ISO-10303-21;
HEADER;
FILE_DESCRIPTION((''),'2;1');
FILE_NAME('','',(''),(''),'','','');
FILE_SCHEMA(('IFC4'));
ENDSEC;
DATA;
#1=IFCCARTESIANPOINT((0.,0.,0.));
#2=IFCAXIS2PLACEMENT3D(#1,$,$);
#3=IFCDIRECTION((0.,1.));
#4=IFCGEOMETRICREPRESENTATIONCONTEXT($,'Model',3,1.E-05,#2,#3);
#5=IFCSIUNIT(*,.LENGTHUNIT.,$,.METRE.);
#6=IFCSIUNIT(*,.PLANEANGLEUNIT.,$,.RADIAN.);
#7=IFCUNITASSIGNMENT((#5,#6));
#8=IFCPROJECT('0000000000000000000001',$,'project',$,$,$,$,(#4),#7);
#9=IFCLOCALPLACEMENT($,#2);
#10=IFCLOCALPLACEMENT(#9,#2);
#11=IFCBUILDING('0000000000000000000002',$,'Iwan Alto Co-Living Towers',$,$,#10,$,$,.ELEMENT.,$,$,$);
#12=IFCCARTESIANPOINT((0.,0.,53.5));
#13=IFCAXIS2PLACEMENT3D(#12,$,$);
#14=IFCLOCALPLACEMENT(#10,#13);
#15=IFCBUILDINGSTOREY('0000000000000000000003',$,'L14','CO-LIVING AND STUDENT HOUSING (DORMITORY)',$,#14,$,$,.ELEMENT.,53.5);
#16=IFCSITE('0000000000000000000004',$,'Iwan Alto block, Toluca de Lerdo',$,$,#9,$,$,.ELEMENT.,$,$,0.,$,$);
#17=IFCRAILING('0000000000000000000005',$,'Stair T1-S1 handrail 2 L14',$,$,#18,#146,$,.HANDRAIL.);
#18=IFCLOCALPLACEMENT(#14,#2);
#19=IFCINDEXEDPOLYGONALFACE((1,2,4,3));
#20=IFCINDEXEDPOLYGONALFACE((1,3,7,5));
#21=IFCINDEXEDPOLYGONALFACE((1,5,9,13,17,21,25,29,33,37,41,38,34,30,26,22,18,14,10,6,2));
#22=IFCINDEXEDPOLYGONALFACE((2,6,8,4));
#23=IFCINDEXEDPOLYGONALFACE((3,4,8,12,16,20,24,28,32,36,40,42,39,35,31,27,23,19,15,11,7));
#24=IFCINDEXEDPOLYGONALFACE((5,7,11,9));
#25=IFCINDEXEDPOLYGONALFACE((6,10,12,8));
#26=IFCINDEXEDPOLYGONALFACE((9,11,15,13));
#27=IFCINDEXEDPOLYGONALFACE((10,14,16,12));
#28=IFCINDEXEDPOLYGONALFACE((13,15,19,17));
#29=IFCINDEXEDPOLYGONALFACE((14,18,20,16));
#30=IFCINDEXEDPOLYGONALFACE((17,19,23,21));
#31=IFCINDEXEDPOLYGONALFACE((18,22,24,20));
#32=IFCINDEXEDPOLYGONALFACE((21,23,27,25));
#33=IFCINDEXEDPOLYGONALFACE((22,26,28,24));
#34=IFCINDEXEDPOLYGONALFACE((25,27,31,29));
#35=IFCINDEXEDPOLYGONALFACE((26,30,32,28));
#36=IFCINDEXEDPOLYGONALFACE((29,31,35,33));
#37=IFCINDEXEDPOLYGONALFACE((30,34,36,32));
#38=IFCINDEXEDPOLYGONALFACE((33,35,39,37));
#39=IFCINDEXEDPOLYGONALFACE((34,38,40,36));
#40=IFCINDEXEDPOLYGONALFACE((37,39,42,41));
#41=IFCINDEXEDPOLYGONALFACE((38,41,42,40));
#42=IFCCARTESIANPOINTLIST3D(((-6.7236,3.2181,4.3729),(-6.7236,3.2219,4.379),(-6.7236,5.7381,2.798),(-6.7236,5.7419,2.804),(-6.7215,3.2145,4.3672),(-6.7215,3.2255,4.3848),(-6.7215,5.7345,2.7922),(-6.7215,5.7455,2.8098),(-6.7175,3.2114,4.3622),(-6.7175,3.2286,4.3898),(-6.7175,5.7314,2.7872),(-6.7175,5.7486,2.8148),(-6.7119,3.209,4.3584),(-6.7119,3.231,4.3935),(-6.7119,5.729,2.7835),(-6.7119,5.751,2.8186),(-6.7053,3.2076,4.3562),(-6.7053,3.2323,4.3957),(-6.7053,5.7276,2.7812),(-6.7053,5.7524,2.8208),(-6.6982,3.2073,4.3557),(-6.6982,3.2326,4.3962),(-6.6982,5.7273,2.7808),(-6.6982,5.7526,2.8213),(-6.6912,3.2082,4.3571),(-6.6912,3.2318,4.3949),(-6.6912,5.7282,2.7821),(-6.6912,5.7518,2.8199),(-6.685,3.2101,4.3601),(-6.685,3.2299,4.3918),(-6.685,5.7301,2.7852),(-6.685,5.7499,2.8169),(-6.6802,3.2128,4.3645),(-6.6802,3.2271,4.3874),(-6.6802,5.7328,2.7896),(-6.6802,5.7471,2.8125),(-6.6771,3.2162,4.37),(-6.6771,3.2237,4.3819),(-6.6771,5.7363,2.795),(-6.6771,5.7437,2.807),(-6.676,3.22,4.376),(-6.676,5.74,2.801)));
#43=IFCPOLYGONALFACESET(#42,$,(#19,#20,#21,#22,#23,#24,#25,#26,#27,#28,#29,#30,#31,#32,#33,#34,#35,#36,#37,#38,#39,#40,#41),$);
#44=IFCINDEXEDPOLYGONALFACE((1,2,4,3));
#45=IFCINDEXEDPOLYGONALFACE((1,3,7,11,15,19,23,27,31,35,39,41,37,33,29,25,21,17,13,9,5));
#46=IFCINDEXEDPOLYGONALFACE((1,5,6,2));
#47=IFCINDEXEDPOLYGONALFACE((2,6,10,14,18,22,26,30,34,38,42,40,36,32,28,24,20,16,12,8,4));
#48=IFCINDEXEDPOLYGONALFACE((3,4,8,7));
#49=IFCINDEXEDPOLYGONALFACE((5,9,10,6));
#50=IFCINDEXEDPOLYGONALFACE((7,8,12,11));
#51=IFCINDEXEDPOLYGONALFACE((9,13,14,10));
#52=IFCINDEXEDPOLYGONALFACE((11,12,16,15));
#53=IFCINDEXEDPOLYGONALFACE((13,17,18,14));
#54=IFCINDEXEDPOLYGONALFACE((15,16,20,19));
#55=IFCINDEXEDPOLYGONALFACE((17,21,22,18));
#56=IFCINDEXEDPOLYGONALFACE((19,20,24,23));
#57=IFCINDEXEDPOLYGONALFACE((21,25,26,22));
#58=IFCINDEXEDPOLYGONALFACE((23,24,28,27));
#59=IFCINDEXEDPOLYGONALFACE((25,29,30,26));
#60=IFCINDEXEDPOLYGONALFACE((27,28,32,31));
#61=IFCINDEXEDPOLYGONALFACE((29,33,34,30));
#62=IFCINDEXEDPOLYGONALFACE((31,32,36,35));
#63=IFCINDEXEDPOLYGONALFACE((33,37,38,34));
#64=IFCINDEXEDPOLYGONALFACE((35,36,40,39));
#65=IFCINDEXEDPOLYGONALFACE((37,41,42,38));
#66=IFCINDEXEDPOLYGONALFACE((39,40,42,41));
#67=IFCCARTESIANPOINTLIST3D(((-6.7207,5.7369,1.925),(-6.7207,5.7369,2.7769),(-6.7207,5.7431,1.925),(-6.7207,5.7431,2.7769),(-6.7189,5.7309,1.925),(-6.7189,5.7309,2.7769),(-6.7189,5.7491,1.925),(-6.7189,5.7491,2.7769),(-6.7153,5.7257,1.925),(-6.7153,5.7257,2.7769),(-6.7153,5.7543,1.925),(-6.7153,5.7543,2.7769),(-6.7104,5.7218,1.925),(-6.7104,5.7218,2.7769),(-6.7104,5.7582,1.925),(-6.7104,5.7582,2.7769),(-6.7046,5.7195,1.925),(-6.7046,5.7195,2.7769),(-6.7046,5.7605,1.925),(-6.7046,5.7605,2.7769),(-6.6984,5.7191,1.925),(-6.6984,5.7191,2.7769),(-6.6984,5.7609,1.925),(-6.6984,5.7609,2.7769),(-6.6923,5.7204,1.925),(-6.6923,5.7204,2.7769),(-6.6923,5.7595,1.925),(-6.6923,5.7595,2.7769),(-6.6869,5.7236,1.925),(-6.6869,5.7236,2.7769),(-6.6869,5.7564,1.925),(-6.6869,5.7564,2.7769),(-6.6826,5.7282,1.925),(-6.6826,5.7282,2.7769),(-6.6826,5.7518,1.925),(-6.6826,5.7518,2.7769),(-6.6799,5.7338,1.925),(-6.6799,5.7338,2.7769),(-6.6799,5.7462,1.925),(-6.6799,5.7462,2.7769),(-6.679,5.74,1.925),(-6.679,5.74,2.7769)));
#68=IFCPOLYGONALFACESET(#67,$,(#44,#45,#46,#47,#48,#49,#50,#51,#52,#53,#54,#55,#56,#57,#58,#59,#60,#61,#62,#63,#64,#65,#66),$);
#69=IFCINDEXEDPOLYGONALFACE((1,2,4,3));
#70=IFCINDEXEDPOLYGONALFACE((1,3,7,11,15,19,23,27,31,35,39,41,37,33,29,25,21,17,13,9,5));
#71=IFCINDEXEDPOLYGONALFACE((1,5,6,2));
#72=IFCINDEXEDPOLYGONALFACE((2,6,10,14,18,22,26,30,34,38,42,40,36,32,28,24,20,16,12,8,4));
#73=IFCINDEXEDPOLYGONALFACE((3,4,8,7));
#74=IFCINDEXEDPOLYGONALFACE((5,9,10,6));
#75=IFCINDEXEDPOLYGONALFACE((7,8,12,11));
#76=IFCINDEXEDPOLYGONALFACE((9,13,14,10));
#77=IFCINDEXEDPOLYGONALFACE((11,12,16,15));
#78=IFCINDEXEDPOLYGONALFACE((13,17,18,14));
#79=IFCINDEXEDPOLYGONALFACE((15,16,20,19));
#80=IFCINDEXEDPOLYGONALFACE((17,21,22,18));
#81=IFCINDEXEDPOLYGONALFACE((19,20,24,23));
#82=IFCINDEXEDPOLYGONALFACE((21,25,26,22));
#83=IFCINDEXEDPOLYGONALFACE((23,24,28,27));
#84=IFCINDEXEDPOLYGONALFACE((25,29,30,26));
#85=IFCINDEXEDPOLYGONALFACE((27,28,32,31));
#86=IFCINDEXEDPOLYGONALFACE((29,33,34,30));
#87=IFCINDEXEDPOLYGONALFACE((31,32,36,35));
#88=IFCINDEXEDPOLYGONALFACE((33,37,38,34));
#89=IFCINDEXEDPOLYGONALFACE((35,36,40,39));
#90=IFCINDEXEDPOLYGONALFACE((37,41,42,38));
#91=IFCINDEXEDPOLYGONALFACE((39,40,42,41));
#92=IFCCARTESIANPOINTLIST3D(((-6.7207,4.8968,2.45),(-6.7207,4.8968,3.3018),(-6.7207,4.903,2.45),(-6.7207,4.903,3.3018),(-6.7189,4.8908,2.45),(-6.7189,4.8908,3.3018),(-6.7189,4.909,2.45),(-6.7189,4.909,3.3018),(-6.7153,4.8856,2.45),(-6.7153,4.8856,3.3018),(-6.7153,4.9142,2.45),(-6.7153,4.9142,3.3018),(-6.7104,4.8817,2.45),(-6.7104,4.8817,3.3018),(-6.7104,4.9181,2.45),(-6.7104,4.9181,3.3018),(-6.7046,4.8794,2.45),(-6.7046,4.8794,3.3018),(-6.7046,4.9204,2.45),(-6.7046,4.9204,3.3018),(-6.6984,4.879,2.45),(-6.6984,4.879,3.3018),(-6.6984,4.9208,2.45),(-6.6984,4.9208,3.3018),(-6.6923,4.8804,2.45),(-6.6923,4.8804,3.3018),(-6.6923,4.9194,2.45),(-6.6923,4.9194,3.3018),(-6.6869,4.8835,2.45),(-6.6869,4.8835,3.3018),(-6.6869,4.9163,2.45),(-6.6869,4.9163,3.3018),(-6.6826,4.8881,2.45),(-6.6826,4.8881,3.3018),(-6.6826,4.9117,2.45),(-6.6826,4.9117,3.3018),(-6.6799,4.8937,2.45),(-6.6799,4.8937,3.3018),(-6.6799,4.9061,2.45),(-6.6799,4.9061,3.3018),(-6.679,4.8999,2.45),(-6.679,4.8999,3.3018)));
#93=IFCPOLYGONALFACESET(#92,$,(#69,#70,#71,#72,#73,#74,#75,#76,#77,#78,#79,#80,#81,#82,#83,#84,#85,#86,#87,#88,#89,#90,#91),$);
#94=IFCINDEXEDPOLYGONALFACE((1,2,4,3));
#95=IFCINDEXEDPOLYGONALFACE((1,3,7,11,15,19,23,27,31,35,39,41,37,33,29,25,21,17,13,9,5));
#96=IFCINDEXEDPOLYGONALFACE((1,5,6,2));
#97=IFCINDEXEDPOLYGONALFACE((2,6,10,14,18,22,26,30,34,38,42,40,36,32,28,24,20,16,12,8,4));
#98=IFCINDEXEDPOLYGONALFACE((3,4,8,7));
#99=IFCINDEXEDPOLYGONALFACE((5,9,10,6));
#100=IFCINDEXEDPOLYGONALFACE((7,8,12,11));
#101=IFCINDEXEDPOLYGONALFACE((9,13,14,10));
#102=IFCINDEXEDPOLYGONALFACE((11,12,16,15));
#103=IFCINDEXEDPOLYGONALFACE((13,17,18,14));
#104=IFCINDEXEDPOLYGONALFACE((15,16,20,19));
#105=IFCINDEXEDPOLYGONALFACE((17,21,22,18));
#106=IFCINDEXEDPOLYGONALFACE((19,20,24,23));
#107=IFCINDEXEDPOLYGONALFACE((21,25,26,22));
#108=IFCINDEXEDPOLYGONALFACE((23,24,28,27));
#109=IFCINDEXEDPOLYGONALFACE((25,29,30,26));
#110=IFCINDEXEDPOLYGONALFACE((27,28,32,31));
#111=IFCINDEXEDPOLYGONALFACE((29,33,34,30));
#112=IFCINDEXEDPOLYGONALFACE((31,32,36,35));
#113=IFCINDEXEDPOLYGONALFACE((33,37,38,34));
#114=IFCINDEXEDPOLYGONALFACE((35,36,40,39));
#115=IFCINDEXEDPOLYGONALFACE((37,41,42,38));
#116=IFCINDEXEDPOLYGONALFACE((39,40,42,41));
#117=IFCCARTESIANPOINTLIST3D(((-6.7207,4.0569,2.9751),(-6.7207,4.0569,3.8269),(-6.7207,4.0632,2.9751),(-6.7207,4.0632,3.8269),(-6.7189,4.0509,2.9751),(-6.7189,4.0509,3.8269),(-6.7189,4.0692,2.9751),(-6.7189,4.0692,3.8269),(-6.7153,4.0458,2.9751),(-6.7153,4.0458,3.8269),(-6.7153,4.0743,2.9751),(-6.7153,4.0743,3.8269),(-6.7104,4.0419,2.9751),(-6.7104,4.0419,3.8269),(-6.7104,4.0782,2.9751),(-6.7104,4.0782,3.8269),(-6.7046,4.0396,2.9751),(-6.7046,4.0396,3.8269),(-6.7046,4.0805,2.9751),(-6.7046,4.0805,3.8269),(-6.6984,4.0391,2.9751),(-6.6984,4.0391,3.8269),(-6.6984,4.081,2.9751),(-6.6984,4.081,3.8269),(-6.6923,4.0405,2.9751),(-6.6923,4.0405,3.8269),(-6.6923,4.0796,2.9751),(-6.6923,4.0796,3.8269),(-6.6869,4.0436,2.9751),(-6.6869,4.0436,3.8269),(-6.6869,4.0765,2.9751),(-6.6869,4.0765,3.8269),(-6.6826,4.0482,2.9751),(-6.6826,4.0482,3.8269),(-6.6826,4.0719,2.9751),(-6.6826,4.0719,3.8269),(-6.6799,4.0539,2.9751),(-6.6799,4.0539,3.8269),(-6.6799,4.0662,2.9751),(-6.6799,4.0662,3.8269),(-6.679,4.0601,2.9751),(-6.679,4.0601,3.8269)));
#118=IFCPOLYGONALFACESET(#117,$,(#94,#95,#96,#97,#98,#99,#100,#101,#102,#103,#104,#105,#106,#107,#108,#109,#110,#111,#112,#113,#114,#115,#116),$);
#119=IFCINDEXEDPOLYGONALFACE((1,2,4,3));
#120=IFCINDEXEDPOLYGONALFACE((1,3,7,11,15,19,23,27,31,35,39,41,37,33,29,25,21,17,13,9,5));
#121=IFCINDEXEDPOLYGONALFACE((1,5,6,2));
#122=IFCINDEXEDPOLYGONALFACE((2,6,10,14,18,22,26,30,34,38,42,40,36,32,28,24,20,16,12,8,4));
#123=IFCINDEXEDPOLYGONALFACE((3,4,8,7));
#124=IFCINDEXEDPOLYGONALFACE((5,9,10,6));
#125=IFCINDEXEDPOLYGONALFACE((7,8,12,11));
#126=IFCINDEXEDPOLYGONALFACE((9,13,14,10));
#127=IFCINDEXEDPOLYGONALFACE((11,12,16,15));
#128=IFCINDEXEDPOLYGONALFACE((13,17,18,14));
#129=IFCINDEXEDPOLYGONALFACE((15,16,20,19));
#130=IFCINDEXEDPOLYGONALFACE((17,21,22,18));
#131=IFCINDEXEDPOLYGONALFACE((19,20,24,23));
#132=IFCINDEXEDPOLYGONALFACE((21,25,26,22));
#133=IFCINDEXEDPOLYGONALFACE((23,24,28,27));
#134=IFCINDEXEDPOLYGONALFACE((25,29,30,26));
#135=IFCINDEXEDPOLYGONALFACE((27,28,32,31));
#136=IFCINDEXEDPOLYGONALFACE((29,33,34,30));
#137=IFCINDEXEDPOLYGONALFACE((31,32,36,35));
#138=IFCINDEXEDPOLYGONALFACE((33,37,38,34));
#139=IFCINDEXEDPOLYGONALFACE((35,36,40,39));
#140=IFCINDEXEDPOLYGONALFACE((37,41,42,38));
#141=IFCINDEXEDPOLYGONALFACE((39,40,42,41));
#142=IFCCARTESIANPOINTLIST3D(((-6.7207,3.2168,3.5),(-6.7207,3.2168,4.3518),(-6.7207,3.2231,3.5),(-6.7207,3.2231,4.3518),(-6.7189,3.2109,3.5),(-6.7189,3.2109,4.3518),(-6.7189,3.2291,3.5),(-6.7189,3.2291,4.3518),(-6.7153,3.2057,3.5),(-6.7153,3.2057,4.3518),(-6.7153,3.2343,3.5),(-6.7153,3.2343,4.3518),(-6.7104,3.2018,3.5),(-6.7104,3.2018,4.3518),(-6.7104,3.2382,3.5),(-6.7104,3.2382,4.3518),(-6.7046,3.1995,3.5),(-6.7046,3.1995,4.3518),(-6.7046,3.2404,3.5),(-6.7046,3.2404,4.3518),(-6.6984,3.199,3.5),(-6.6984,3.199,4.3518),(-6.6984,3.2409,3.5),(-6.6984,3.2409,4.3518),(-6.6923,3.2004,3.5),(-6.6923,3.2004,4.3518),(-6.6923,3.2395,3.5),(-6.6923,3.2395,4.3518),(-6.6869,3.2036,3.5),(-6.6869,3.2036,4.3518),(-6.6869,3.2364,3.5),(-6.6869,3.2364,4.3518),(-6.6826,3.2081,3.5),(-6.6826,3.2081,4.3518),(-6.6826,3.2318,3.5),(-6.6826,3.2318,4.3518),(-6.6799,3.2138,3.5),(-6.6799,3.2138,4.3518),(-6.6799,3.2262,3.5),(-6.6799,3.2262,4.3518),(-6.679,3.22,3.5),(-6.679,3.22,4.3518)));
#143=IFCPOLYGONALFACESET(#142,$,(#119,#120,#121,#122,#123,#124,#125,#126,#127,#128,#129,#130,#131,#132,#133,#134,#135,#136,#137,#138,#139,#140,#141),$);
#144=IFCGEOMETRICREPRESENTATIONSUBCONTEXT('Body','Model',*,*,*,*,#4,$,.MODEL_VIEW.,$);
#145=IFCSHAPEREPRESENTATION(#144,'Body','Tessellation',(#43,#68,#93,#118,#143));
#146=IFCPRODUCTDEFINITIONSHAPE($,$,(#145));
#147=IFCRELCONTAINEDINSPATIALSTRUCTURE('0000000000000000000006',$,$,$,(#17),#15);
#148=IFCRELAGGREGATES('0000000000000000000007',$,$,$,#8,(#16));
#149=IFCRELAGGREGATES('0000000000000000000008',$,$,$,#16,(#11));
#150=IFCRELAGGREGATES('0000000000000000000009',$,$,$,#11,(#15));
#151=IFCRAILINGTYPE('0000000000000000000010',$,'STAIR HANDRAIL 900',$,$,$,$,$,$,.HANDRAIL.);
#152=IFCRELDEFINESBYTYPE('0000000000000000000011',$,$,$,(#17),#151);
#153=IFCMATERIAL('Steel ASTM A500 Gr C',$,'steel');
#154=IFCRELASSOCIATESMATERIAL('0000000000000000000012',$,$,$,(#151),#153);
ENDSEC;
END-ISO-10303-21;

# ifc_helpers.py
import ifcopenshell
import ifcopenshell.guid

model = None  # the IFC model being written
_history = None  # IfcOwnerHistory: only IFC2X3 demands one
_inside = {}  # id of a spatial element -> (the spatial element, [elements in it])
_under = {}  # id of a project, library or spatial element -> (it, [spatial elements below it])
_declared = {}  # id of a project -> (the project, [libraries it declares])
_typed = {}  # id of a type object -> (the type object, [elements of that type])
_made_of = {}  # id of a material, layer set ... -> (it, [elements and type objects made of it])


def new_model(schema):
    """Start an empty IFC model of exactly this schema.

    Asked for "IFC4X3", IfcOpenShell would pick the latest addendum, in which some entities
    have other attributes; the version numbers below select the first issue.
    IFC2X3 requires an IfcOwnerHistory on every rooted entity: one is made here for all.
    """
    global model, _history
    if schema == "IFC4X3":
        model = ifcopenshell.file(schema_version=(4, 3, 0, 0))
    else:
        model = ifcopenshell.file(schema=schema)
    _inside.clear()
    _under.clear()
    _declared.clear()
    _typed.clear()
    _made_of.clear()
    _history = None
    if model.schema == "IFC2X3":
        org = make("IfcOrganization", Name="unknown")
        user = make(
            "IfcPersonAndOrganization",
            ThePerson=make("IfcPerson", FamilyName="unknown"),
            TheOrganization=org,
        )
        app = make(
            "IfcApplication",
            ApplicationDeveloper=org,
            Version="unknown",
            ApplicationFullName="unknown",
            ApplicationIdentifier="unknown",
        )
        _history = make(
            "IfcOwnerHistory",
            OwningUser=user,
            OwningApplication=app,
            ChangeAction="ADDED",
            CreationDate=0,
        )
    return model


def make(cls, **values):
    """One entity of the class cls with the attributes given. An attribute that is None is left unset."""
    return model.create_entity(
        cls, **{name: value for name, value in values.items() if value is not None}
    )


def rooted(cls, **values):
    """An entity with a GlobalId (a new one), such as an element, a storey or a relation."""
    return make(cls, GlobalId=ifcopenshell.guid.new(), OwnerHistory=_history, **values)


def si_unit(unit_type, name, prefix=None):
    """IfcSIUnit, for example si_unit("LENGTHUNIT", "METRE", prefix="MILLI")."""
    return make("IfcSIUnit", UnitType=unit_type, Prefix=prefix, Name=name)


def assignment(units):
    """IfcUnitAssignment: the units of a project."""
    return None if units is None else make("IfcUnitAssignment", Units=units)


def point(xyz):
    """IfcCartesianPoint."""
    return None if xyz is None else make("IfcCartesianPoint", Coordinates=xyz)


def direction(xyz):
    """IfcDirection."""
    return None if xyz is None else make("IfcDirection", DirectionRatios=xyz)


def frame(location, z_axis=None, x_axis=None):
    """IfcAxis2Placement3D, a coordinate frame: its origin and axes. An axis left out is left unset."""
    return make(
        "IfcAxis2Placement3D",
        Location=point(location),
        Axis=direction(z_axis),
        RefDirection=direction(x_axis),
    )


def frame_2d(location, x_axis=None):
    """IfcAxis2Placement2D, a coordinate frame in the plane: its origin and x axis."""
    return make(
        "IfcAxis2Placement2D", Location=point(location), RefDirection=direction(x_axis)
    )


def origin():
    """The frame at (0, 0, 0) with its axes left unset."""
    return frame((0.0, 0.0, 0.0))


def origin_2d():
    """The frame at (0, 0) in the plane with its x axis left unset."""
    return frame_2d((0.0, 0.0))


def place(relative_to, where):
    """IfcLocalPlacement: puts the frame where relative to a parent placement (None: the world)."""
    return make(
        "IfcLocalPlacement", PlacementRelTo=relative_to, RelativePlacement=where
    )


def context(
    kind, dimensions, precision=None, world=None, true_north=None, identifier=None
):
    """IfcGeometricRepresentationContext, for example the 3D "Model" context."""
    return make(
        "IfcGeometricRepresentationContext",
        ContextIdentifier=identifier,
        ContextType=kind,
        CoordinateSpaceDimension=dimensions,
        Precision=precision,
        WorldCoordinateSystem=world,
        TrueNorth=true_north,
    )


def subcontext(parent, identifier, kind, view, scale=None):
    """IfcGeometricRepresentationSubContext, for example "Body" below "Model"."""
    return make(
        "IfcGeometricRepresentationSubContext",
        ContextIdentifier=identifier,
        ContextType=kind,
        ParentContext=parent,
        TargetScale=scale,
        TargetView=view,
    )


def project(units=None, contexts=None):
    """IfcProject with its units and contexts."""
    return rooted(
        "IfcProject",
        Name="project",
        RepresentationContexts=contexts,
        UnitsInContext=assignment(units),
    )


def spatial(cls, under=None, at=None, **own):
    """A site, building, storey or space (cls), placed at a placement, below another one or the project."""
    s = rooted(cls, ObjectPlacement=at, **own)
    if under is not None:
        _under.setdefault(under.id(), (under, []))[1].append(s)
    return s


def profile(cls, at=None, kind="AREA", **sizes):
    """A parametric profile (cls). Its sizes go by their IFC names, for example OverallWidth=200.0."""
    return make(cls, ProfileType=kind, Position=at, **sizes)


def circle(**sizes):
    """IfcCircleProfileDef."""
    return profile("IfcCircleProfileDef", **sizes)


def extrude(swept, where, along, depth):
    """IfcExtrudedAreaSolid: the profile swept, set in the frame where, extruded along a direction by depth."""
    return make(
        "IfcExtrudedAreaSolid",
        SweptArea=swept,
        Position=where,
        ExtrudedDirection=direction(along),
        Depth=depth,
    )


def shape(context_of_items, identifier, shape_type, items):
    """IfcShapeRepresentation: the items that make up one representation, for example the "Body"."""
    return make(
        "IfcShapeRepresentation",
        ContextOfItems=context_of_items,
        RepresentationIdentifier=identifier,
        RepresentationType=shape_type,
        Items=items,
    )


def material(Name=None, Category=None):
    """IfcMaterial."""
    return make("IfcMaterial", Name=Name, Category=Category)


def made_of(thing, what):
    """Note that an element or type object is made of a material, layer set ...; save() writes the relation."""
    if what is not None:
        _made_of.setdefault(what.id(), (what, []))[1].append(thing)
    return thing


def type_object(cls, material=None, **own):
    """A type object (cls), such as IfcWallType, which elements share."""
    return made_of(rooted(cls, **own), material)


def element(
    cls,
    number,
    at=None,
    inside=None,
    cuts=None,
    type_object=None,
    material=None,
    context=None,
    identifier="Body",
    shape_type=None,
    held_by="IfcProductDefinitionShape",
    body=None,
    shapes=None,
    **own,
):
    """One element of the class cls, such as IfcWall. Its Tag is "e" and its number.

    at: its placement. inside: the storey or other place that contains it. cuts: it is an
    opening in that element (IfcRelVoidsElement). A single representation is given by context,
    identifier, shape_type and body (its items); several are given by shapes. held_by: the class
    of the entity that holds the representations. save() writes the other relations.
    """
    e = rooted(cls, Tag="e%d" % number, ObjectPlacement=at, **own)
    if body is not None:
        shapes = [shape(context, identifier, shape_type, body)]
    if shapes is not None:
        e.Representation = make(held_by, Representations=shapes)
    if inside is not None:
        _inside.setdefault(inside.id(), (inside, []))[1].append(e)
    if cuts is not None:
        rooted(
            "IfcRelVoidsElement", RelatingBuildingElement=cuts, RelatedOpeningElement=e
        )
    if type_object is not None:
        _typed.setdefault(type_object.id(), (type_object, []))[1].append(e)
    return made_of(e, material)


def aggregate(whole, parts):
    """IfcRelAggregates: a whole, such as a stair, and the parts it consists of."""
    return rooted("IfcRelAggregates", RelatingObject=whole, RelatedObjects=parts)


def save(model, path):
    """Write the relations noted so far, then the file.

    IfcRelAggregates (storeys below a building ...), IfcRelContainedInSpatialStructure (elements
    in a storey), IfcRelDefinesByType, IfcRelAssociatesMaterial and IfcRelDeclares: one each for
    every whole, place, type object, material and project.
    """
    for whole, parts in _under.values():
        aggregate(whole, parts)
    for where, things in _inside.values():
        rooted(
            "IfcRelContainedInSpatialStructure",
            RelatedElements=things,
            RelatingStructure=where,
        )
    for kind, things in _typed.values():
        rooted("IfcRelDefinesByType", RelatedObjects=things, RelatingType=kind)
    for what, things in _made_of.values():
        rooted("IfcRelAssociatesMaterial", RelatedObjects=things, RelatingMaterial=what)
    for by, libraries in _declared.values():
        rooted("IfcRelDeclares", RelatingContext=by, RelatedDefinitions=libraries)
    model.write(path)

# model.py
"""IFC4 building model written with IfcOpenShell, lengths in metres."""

from ifc_helpers import new_model, si_unit, direction, frame, origin, origin_2d, place, context, subcontext, project, spatial, circle, extrude, material, type_object, element, save


model = new_model("IFC4")

# Units and contexts
model_context = context("Model", 3, precision=1e-05, world=origin(), true_north=direction((0.0, 1.0)))
body_context = subcontext(model_context, "Body", "Model", "MODEL_VIEW")
ifc_project = project(units=[si_unit("LENGTHUNIT", "METRE"), si_unit("PLANEANGLEUNIT", "RADIAN")], contexts=[model_context])

# Site, building, storey
site_placement = place(None, origin())
site = spatial("IfcSite", under=ifc_project, at=site_placement, Name="Iwan Alto block, Toluca de Lerdo", CompositionType="ELEMENT", RefElevation=0.0)
building_placement = place(site_placement, origin())
building = spatial("IfcBuilding", under=site, at=building_placement, Name="Iwan Alto Co-Living Towers", CompositionType="ELEMENT")
storey_placement = place(building_placement, frame((0.0, 0.0, 53.5)))
storey = spatial("IfcBuildingStorey", under=building, at=storey_placement, Name="L14", Description="CO-LIVING AND STUDENT HOUSING (DORMITORY)", CompositionType="ELEMENT", Elevation=53.5)

# Railing
ifc_material_1 = material(Name="Steel ASTM A500 Gr C", Category="steel")
railing_type_1 = type_object("IfcRailingType", Name="STAIR HANDRAIL 900", PredefinedType="HANDRAIL", material=ifc_material_1)
railing_1_placement = place(storey_placement, frame((-6.7, 5.74, 1.925)))
element("IfcRailing", 1, at=railing_1_placement, inside=storey, type_object=railing_type_1, Name="Stair T1-S1 handrail 2 L14", PredefinedType="HANDRAIL", context=body_context, shape_type="SweptSolid", body=[
    extrude(circle(Radius=0.0239, at=origin_2d()), frame((0.0, 0.0, 0.876), z_axis=(0.0, -0.848008, 0.529984), x_axis=(1.0, 0.0, 0.0)), (0.0, 0.0, 1.0), 2.9717),
    extrude(circle(Radius=0.021, at=origin_2d()), origin(), (0.0, 0.0, 1.0), 0.8518),
    extrude(circle(Radius=0.021, at=origin_2d()), frame((0.0, -0.8401, 0.5249)), (0.0, 0.0, 1.0), 0.8518),
    extrude(circle(Radius=0.021, at=origin_2d()), frame((0.0, -1.6799, 1.05)), (0.0, 0.0, 1.0), 0.8518),
    extrude(circle(Radius=0.021, at=origin_2d()), frame((0.0, -2.52, 1.575)), (0.0, 0.0, 1.0), 0.8518),
])

save(model, "model.ifc")
